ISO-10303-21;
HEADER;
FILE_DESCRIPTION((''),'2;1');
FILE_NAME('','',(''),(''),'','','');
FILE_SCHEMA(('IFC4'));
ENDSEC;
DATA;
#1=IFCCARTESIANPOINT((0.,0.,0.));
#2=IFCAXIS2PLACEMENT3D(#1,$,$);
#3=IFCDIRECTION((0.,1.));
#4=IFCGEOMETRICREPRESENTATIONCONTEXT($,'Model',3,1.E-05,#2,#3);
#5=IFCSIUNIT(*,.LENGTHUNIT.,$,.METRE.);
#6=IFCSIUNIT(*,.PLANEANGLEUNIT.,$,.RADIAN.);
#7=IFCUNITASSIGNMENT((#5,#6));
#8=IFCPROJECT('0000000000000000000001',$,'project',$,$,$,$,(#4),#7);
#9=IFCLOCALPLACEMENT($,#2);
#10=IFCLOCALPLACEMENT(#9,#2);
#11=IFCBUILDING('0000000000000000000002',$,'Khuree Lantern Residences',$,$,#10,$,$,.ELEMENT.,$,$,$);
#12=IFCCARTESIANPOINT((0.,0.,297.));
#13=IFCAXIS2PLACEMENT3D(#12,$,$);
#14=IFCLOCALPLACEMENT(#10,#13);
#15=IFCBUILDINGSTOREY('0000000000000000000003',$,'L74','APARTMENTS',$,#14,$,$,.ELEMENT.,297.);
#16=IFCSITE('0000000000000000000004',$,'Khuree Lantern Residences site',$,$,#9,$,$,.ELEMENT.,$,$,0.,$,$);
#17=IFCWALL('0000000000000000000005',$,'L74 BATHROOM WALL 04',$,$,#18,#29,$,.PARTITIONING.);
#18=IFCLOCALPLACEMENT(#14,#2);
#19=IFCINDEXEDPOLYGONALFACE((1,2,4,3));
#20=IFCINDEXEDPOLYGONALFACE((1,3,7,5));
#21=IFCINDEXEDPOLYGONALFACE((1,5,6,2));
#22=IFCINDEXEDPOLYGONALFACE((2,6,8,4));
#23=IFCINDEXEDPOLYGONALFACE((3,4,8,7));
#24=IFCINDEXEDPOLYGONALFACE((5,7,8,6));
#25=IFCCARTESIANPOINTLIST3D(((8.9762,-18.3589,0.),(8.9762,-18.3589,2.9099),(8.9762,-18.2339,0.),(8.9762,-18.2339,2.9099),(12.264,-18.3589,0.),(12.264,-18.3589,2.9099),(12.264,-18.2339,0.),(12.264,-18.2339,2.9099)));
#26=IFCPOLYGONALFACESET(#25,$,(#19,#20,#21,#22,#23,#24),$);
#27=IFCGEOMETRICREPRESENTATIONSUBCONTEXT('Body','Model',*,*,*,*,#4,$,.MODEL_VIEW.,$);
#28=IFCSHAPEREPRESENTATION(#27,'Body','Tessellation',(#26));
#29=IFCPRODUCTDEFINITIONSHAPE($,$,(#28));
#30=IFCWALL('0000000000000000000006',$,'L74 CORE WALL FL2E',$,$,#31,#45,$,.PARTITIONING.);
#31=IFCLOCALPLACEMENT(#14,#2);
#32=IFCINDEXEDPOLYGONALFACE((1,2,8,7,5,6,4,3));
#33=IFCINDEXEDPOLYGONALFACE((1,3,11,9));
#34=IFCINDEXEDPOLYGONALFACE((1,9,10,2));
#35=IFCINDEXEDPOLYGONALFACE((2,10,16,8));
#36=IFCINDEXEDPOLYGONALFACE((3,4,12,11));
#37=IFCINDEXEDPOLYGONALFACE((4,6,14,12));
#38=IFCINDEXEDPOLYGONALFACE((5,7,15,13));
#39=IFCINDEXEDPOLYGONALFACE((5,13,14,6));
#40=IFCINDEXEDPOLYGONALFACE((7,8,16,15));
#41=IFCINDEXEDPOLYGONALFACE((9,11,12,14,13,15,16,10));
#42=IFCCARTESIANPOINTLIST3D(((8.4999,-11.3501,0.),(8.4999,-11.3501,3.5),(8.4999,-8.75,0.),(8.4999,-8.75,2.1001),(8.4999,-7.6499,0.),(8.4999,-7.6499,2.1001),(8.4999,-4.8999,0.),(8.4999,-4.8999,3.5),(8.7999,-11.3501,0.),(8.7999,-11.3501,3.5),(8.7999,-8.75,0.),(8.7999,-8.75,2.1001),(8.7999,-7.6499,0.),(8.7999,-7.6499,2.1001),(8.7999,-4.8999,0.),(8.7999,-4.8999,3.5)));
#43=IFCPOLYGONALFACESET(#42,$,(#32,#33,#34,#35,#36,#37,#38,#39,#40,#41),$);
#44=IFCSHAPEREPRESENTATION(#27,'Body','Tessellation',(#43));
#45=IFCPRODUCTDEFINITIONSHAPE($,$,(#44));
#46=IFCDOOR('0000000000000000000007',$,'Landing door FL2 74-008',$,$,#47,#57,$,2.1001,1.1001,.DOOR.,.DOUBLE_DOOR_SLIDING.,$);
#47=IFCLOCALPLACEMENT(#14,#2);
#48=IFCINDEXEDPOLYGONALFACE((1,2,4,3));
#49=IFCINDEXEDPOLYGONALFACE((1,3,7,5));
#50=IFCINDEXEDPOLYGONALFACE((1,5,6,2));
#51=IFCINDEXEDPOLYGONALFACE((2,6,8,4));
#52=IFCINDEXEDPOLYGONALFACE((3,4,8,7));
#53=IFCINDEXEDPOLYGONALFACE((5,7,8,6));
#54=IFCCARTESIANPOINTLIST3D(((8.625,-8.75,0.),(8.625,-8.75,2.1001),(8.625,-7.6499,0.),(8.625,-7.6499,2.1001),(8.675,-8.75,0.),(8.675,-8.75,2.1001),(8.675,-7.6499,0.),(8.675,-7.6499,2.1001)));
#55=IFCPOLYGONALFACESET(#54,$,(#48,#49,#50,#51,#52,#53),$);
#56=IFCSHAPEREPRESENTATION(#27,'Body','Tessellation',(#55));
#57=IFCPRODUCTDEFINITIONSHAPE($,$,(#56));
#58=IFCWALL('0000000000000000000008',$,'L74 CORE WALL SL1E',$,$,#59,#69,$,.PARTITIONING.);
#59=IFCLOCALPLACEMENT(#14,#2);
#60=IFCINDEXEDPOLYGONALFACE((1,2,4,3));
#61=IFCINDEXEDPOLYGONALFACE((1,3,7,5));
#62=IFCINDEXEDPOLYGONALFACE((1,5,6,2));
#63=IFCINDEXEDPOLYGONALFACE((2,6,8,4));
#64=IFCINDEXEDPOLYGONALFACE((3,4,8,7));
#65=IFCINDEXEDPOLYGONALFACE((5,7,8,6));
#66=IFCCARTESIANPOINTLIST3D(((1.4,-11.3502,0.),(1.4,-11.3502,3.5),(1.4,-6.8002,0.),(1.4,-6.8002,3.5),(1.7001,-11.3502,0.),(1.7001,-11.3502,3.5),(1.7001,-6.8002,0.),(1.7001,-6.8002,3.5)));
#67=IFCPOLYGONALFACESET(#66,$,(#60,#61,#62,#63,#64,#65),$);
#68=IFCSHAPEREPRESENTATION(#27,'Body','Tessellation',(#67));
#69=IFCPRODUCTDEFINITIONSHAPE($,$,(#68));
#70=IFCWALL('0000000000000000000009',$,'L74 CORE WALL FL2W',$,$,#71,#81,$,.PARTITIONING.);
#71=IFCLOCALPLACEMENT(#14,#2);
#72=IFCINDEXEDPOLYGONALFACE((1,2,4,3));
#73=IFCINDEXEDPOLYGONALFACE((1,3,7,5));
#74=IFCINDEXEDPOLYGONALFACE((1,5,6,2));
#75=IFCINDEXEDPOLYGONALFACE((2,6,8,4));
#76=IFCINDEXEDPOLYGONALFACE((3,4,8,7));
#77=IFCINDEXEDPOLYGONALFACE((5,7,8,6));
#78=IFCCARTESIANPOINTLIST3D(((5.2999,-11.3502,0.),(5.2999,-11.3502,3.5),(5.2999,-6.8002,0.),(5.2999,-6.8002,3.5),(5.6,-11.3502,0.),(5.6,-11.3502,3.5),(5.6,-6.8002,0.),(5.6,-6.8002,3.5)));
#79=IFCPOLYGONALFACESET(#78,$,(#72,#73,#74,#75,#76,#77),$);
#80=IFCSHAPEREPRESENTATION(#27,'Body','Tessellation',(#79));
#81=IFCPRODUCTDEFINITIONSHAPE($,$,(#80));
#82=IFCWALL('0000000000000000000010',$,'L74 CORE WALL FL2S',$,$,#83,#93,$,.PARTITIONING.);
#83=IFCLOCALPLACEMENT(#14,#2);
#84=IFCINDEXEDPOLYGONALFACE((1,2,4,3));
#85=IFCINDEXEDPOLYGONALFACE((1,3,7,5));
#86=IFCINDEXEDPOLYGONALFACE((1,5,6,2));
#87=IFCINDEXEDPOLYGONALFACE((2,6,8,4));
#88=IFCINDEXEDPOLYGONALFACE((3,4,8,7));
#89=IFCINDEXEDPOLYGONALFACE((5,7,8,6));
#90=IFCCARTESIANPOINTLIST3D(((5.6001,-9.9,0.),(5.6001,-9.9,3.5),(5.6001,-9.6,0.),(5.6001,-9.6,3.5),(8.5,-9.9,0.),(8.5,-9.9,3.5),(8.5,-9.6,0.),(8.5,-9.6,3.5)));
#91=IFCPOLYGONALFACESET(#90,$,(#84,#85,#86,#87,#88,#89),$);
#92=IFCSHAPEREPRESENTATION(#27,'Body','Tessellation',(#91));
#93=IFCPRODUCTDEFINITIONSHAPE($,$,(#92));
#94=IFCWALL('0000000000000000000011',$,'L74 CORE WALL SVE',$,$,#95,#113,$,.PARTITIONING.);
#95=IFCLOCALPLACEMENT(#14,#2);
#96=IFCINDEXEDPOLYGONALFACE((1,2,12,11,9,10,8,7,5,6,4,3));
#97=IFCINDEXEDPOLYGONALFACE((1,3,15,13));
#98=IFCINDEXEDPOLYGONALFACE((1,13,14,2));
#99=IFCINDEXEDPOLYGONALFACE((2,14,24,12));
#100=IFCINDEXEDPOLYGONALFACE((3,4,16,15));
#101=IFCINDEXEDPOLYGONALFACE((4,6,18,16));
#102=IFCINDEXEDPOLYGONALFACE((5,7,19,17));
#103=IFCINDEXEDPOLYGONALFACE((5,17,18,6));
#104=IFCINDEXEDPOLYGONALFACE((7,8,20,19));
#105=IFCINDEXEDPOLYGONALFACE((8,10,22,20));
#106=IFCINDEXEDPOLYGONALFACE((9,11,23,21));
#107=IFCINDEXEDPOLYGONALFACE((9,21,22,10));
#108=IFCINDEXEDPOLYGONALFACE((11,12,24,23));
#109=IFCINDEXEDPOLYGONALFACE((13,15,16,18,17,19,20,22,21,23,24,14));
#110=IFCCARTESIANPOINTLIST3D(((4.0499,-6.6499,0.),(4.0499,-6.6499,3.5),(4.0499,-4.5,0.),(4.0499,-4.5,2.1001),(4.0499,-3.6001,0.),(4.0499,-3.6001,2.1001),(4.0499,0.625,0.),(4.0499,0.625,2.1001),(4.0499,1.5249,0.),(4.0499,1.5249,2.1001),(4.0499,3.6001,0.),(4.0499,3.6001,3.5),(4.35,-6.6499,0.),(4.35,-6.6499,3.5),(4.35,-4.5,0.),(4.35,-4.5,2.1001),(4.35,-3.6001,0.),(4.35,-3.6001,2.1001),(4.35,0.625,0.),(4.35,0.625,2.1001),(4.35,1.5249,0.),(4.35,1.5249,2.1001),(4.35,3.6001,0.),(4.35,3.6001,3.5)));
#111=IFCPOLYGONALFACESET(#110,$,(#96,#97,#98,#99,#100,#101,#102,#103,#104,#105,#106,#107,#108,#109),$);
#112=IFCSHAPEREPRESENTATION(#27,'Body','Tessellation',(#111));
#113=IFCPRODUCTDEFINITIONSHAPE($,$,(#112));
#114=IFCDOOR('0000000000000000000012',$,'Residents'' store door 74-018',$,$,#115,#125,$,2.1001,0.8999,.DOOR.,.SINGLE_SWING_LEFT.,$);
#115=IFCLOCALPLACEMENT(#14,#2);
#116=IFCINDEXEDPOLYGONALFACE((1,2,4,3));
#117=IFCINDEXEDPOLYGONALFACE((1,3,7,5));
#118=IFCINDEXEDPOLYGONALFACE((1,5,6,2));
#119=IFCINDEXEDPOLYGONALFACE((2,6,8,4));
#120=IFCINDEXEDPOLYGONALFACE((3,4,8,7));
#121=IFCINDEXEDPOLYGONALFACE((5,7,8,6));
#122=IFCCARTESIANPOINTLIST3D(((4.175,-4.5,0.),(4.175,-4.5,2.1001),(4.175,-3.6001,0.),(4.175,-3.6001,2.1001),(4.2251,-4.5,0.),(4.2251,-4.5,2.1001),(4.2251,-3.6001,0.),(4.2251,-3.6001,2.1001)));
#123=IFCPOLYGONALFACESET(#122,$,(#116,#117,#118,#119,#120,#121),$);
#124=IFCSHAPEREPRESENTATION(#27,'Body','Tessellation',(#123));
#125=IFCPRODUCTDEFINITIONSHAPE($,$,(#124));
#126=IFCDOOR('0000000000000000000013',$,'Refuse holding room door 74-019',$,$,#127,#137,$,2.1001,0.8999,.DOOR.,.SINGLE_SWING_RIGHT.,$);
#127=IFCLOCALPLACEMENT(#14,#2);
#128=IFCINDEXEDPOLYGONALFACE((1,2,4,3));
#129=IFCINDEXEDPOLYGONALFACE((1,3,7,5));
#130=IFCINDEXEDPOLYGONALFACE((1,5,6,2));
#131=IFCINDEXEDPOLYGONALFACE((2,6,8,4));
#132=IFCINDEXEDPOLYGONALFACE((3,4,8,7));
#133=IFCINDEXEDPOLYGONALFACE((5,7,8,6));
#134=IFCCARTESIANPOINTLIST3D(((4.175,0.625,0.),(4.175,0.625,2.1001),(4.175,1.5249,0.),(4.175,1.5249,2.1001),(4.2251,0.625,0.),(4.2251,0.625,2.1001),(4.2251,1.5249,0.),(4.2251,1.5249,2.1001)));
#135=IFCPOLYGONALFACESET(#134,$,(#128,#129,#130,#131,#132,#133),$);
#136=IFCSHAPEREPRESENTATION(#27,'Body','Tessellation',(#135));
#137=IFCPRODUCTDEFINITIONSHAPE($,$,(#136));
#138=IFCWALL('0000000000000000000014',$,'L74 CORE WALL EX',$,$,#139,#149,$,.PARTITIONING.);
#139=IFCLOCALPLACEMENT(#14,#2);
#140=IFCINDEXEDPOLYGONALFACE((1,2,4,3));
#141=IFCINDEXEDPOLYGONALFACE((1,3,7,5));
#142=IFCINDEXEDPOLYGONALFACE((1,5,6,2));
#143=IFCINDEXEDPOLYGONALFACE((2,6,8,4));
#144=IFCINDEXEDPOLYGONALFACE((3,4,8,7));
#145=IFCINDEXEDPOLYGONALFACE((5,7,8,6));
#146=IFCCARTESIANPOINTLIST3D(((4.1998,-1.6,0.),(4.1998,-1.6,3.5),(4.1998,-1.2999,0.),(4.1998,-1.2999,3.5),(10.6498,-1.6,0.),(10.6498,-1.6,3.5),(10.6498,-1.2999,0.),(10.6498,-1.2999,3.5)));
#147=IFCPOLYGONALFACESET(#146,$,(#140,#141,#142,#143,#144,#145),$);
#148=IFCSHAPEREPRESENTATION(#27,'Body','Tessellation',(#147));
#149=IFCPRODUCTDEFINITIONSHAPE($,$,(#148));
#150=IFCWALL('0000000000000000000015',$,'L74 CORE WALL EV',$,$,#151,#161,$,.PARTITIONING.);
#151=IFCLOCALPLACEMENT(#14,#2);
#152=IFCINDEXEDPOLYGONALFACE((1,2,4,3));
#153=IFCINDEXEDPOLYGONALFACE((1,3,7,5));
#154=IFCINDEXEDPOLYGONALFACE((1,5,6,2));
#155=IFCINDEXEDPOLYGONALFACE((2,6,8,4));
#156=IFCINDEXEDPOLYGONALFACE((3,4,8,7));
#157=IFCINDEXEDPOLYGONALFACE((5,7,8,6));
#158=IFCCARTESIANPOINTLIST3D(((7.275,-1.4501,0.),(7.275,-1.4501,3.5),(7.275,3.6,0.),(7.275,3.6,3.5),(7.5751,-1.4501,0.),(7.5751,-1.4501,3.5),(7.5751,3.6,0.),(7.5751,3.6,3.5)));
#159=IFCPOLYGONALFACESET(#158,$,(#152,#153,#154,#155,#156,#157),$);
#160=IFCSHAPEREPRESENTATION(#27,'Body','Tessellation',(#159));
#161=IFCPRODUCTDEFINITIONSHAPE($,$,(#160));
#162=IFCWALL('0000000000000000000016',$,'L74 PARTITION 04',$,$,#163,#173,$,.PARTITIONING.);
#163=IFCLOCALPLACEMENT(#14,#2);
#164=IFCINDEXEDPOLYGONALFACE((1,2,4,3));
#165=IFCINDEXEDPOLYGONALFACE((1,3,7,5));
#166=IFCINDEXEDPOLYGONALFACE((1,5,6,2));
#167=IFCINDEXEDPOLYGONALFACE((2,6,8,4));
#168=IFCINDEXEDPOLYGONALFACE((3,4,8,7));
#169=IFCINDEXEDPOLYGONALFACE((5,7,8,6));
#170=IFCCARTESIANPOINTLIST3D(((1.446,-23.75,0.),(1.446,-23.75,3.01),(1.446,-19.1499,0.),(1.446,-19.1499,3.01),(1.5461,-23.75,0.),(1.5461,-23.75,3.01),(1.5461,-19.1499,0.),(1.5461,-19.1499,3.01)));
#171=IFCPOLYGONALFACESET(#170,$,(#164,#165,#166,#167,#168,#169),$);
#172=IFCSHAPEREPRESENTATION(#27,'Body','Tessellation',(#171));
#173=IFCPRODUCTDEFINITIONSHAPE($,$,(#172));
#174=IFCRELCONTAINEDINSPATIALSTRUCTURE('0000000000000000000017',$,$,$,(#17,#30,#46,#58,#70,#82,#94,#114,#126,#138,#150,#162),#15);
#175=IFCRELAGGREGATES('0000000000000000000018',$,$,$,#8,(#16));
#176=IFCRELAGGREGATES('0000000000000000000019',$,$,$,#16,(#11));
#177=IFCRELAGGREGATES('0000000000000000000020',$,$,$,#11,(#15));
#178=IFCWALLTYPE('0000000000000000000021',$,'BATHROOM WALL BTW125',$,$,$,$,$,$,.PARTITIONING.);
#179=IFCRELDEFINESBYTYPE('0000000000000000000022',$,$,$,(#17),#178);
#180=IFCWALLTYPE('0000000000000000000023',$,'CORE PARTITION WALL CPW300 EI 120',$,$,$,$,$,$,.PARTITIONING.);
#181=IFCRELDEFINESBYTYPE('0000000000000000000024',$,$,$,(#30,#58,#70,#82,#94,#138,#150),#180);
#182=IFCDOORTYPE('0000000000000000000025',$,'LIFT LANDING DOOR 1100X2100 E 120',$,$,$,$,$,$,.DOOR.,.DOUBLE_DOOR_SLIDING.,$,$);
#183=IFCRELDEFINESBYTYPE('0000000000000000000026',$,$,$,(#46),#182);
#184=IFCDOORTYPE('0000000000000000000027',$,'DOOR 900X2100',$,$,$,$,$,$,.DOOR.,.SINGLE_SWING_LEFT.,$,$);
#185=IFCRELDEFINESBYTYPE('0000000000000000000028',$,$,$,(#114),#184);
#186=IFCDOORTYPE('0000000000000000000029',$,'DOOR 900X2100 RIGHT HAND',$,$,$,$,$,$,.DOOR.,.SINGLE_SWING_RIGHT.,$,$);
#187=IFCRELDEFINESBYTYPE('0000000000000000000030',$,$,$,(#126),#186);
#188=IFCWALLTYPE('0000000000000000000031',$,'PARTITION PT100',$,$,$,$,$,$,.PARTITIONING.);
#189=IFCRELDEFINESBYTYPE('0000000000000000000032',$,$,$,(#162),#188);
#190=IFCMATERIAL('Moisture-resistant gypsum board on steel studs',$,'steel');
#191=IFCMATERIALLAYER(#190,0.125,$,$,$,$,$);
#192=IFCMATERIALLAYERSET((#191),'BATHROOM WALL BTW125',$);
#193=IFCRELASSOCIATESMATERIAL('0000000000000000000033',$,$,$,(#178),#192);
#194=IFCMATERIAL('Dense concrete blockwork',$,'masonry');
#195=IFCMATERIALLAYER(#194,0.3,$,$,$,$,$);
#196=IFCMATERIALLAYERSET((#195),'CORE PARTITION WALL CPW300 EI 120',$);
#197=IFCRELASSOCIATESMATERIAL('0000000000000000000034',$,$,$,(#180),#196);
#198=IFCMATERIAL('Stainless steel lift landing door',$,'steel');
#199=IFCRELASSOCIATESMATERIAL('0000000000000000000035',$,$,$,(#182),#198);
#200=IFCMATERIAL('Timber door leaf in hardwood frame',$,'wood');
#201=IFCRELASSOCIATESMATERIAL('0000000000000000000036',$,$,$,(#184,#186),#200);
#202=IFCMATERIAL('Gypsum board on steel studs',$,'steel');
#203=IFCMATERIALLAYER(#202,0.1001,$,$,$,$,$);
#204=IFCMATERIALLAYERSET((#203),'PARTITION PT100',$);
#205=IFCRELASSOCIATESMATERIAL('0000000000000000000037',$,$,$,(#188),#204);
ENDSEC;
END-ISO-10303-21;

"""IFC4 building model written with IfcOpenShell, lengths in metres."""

from ifc_helpers import new_model, si_unit, direction, frame, frame_2d, origin, place, context, subcontext, project, spatial, rectangle, extrude, material, layer, layer_set, type_object, element, fill, save


model = new_model("IFC4")

# Units and contexts
model_context = context("Model", 3, precision=1e-05, world=origin(), true_north=direction((0.0, 1.0)))
body_context = subcontext(model_context, "Body", "Model", "MODEL_VIEW")
ifc_project = project(units=[si_unit("LENGTHUNIT", "METRE"), si_unit("PLANEANGLEUNIT", "RADIAN")], contexts=[model_context])

# Site, building, storey
site_placement = place(None, origin())
site = spatial("IfcSite", under=ifc_project, at=site_placement, Name="Khuree Lantern Residences site", CompositionType="ELEMENT", RefElevation=0.0)
building_placement = place(site_placement, origin())
building = spatial("IfcBuilding", under=site, at=building_placement, Name="Khuree Lantern Residences", CompositionType="ELEMENT")
storey_placement = place(building_placement, frame((0.0, 0.0, 297.0)))
storey = spatial("IfcBuildingStorey", under=building, at=storey_placement, Name="L74", Description="APARTMENTS", CompositionType="ELEMENT", Elevation=297.0)

# Wall
ifc_material_1 = material(Name="Moisture-resistant gypsum board on steel studs", Category="steel")
ifc_layer_1 = layer(ifc_material_1, 0.125)
ifc_layer_set_1 = layer_set([ifc_layer_1], Name="BATHROOM WALL BTW125")
wall_type_1 = type_object("IfcWallType", Name="BATHROOM WALL BTW125", PredefinedType="PARTITIONING", material=ifc_layer_set_1)
wall_1_placement = place(storey_placement, frame((8.9761, -18.2964, 0.0), z_axis=(0.0, 0.0, 1.0), x_axis=(1.0, 0.0, 0.0)))
element("IfcWall", 1, at=wall_1_placement, inside=storey, type_object=wall_type_1, Name="L74 BATHROOM WALL 04", PredefinedType="PARTITIONING", context=body_context, shape_type="SweptSolid", body=[
    extrude(rectangle(XDim=3.2878, YDim=0.125, at=frame_2d((1.644, 0.0))), origin(), (0.0, 0.0, 1.0), 2.9099),
])

# Wall, opening, door
ifc_material_2 = material(Name="Dense concrete blockwork", Category="masonry")
ifc_layer_2 = layer(ifc_material_2, 0.3)
ifc_layer_set_2 = layer_set([ifc_layer_2], Name="CORE PARTITION WALL CPW300 EI 120")
wall_type_2 = type_object("IfcWallType", Name="CORE PARTITION WALL CPW300 EI 120", PredefinedType="PARTITIONING", material=ifc_layer_set_2)
wall_2_placement = place(storey_placement, frame((8.6499, -11.3501, 0.0), z_axis=(0.0, 0.0, 1.0), x_axis=(0.0, 1.0, 0.0)))
wall_2 = element("IfcWall", 2, at=wall_2_placement, inside=storey, type_object=wall_type_2, Name="L74 CORE WALL FL2E", PredefinedType="PARTITIONING", context=body_context, shape_type="SweptSolid", body=[
    extrude(rectangle(XDim=6.4502, YDim=0.3, at=frame_2d((3.2251, 0.0))), origin(), (0.0, 0.0, 1.0), 3.5),
])
opening_1_placement = place(wall_2_placement, frame((2.6001, 0.0, 0.0)))
opening_1 = element("IfcOpeningElement", 3, at=opening_1_placement, cuts=wall_2, PredefinedType="OPENING", context=body_context, shape_type="SweptSolid", body=[
    extrude(rectangle(XDim=1.1001, YDim=2.1001, at=frame_2d((0.55, 1.05))), frame((0.0, 0.1602, 0.0), z_axis=(0.0, -1.0, 0.0), x_axis=(1.0, 0.0, 0.0)), (0.0, 0.0, 1.0), 0.3201),
])
ifc_material_3 = material(Name="Stainless steel lift landing door", Category="steel")
door_type_1 = type_object("IfcDoorType", Name="LIFT LANDING DOOR 1100X2100 E 120", OperationType="DOUBLE_DOOR_SLIDING", PredefinedType="DOOR", material=ifc_material_3)
door_1_placement = place(opening_1_placement, origin())
door_1 = element("IfcDoor", 4, at=door_1_placement, inside=storey, type_object=door_type_1, Name="Landing door FL2 74-008", OperationType="DOUBLE_DOOR_SLIDING", OverallHeight=2.1001, OverallWidth=1.1001, PredefinedType="DOOR", context=body_context, shape_type="SweptSolid", body=[
    extrude(rectangle(XDim=1.1001, YDim=2.1001, at=frame_2d((0.55, 1.05))), frame((0.0, 0.0249, 0.0), z_axis=(0.0, -1.0, 0.0), x_axis=(1.0, 0.0, 0.0)), (0.0, 0.0, 1.0), 0.05),
])
fill(opening_1, door_1)

# Walls
for number, where, z_axis, x_axis, name in (
    (5, (1.55, -11.3501, 0.0), (0.0, 0.0, 1.0), (0.0, 1.0, 0.0), "L74 CORE WALL SL1E"),
    (6, (5.45, -11.3501, 0.0), (0.0, 0.0, 1.0), (0.0, 1.0, 0.0), "L74 CORE WALL FL2W"),
):
    element("IfcWall", number, at=place(storey_placement, frame(where, z_axis=z_axis, x_axis=x_axis)), inside=storey, type_object=wall_type_2, Name=name, PredefinedType="PARTITIONING", context=body_context, shape_type="SweptSolid", body=[
        extrude(rectangle(XDim=4.55, YDim=0.3, at=frame_2d((2.2749, 0.0))), origin(), (0.0, 0.0, 1.0), 3.5),
    ])
wall_3_placement = place(storey_placement, frame((5.6001, -9.75, 0.0), z_axis=(0.0, 0.0, 1.0), x_axis=(1.0, 0.0, 0.0)))
element("IfcWall", 7, at=wall_3_placement, inside=storey, type_object=wall_type_2, Name="L74 CORE WALL FL2S", PredefinedType="PARTITIONING", context=body_context, shape_type="SweptSolid", body=[
    extrude(rectangle(XDim=2.8999, YDim=0.3, at=frame_2d((1.45, 0.0))), origin(), (0.0, 0.0, 1.0), 3.5),
])

# Wall, openings, doors
wall_4_placement = place(storey_placement, frame((4.2, -6.6499, 0.0), z_axis=(0.0, 0.0, 1.0), x_axis=(0.0, 1.0, 0.0)))
wall_4 = element("IfcWall", 8, at=wall_4_placement, inside=storey, type_object=wall_type_2, Name="L74 CORE WALL SVE", PredefinedType="PARTITIONING", context=body_context, shape_type="SweptSolid", body=[
    extrude(rectangle(XDim=10.25, YDim=0.3, at=frame_2d((5.125, 0.0))), origin(), (0.0, 0.0, 1.0), 3.5),
])
opening_2_placement = place(wall_4_placement, frame((2.1499, 0.0, 0.0)))
opening_2 = element("IfcOpeningElement", 9, at=opening_2_placement, cuts=wall_4, PredefinedType="OPENING", context=body_context, shape_type="SweptSolid", body=[
    extrude(rectangle(XDim=0.8999, YDim=2.1001, at=frame_2d((0.45, 1.05))), frame((0.0, 0.1602, 0.0), z_axis=(0.0, -1.0, 0.0), x_axis=(1.0, 0.0, 0.0)), (0.0, 0.0, 1.0), 0.3201),
])
opening_3_placement = place(wall_4_placement, frame((7.2749, 0.0, 0.0)))
opening_3 = element("IfcOpeningElement", 10, at=opening_3_placement, cuts=wall_4, PredefinedType="OPENING", context=body_context, shape_type="SweptSolid", body=[
    extrude(rectangle(XDim=0.8999, YDim=2.1001, at=frame_2d((0.45, 1.05))), frame((0.0, 0.1602, 0.0), z_axis=(0.0, -1.0, 0.0), x_axis=(1.0, 0.0, 0.0)), (0.0, 0.0, 1.0), 0.3201),
])
ifc_material_4 = material(Name="Timber door leaf in hardwood frame", Category="wood")
door_type_2 = type_object("IfcDoorType", Name="DOOR 900X2100", OperationType="SINGLE_SWING_LEFT", PredefinedType="DOOR", material=ifc_material_4)
door_2_placement = place(opening_2_placement, origin())
door_2 = element("IfcDoor", 11, at=door_2_placement, inside=storey, type_object=door_type_2, Name="Residents' store door 74-018", OperationType="SINGLE_SWING_LEFT", OverallHeight=2.1001, OverallWidth=0.8999, PredefinedType="DOOR", context=body_context, shape_type="SweptSolid", body=[
    extrude(rectangle(XDim=0.8999, YDim=2.1001, at=frame_2d((0.45, 1.05))), frame((0.0, 0.0249, 0.0), z_axis=(0.0, -1.0, 0.0), x_axis=(1.0, 0.0, 0.0)), (0.0, 0.0, 1.0), 0.05),
])
fill(opening_2, door_2)
door_type_3 = type_object("IfcDoorType", Name="DOOR 900X2100 RIGHT HAND", OperationType="SINGLE_SWING_RIGHT", PredefinedType="DOOR", material=ifc_material_4)
door_3_placement = place(opening_3_placement, origin())
door_3 = element("IfcDoor", 12, at=door_3_placement, inside=storey, type_object=door_type_3, Name="Refuse holding room door 74-019", OperationType="SINGLE_SWING_RIGHT", OverallHeight=2.1001, OverallWidth=0.8999, PredefinedType="DOOR", context=body_context, shape_type="SweptSolid", body=[
    extrude(rectangle(XDim=0.8999, YDim=2.1001, at=frame_2d((0.45, 1.05))), frame((0.0, 0.0249, 0.0), z_axis=(0.0, -1.0, 0.0), x_axis=(1.0, 0.0, 0.0)), (0.0, 0.0, 1.0), 0.05),
])
fill(opening_3, door_3)

# Walls
wall_5_placement = place(storey_placement, frame((10.6499, -1.45, 0.0), z_axis=(0.0, 0.0, 1.0), x_axis=(-1.0, 0.0, 0.0)))
element("IfcWall", 13, at=wall_5_placement, inside=storey, type_object=wall_type_2, Name="L74 CORE WALL EX", PredefinedType="PARTITIONING", context=body_context, shape_type="SweptSolid", body=[
    extrude(rectangle(XDim=6.45, YDim=0.3, at=frame_2d((3.2251, 0.0))), origin(), (0.0, 0.0, 1.0), 3.5),
])
wall_6_placement = place(storey_placement, frame((7.425, -1.45, 0.0), z_axis=(0.0, 0.0, 1.0), x_axis=(0.0, 1.0, 0.0)))
element("IfcWall", 14, at=wall_6_placement, inside=storey, type_object=wall_type_2, Name="L74 CORE WALL EV", PredefinedType="PARTITIONING", context=body_context, shape_type="SweptSolid", body=[
    extrude(rectangle(XDim=5.05, YDim=0.3, at=frame_2d((2.5249, 0.0))), origin(), (0.0, 0.0, 1.0), 3.5),
])
ifc_material_5 = material(Name="Gypsum board on steel studs", Category="steel")
ifc_layer_3 = layer(ifc_material_5, 0.1001)
ifc_layer_set_3 = layer_set([ifc_layer_3], Name="PARTITION PT100")
wall_type_3 = type_object("IfcWallType", Name="PARTITION PT100", PredefinedType="PARTITIONING", material=ifc_layer_set_3)
for number, where, z_axis, x_axis, name in (
    (15, (1.4961, -19.1499, 0.0), (0.0, 0.0, 1.0), (0.0, -1.0, 0.0), "L74 PARTITION 04"),
):
    element("IfcWall", number, at=place(storey_placement, frame(where, z_axis=z_axis, x_axis=x_axis)), inside=storey, type_object=wall_type_3, Name=name, PredefinedType="PARTITIONING", context=body_context, shape_type="SweptSolid", body=[
        extrude(rectangle(XDim=4.6001, YDim=0.1001, at=frame_2d((2.3, 0.0))), origin(), (0.0, 0.0, 1.0), 3.01),
    ])

save(model, "model.ifc")
